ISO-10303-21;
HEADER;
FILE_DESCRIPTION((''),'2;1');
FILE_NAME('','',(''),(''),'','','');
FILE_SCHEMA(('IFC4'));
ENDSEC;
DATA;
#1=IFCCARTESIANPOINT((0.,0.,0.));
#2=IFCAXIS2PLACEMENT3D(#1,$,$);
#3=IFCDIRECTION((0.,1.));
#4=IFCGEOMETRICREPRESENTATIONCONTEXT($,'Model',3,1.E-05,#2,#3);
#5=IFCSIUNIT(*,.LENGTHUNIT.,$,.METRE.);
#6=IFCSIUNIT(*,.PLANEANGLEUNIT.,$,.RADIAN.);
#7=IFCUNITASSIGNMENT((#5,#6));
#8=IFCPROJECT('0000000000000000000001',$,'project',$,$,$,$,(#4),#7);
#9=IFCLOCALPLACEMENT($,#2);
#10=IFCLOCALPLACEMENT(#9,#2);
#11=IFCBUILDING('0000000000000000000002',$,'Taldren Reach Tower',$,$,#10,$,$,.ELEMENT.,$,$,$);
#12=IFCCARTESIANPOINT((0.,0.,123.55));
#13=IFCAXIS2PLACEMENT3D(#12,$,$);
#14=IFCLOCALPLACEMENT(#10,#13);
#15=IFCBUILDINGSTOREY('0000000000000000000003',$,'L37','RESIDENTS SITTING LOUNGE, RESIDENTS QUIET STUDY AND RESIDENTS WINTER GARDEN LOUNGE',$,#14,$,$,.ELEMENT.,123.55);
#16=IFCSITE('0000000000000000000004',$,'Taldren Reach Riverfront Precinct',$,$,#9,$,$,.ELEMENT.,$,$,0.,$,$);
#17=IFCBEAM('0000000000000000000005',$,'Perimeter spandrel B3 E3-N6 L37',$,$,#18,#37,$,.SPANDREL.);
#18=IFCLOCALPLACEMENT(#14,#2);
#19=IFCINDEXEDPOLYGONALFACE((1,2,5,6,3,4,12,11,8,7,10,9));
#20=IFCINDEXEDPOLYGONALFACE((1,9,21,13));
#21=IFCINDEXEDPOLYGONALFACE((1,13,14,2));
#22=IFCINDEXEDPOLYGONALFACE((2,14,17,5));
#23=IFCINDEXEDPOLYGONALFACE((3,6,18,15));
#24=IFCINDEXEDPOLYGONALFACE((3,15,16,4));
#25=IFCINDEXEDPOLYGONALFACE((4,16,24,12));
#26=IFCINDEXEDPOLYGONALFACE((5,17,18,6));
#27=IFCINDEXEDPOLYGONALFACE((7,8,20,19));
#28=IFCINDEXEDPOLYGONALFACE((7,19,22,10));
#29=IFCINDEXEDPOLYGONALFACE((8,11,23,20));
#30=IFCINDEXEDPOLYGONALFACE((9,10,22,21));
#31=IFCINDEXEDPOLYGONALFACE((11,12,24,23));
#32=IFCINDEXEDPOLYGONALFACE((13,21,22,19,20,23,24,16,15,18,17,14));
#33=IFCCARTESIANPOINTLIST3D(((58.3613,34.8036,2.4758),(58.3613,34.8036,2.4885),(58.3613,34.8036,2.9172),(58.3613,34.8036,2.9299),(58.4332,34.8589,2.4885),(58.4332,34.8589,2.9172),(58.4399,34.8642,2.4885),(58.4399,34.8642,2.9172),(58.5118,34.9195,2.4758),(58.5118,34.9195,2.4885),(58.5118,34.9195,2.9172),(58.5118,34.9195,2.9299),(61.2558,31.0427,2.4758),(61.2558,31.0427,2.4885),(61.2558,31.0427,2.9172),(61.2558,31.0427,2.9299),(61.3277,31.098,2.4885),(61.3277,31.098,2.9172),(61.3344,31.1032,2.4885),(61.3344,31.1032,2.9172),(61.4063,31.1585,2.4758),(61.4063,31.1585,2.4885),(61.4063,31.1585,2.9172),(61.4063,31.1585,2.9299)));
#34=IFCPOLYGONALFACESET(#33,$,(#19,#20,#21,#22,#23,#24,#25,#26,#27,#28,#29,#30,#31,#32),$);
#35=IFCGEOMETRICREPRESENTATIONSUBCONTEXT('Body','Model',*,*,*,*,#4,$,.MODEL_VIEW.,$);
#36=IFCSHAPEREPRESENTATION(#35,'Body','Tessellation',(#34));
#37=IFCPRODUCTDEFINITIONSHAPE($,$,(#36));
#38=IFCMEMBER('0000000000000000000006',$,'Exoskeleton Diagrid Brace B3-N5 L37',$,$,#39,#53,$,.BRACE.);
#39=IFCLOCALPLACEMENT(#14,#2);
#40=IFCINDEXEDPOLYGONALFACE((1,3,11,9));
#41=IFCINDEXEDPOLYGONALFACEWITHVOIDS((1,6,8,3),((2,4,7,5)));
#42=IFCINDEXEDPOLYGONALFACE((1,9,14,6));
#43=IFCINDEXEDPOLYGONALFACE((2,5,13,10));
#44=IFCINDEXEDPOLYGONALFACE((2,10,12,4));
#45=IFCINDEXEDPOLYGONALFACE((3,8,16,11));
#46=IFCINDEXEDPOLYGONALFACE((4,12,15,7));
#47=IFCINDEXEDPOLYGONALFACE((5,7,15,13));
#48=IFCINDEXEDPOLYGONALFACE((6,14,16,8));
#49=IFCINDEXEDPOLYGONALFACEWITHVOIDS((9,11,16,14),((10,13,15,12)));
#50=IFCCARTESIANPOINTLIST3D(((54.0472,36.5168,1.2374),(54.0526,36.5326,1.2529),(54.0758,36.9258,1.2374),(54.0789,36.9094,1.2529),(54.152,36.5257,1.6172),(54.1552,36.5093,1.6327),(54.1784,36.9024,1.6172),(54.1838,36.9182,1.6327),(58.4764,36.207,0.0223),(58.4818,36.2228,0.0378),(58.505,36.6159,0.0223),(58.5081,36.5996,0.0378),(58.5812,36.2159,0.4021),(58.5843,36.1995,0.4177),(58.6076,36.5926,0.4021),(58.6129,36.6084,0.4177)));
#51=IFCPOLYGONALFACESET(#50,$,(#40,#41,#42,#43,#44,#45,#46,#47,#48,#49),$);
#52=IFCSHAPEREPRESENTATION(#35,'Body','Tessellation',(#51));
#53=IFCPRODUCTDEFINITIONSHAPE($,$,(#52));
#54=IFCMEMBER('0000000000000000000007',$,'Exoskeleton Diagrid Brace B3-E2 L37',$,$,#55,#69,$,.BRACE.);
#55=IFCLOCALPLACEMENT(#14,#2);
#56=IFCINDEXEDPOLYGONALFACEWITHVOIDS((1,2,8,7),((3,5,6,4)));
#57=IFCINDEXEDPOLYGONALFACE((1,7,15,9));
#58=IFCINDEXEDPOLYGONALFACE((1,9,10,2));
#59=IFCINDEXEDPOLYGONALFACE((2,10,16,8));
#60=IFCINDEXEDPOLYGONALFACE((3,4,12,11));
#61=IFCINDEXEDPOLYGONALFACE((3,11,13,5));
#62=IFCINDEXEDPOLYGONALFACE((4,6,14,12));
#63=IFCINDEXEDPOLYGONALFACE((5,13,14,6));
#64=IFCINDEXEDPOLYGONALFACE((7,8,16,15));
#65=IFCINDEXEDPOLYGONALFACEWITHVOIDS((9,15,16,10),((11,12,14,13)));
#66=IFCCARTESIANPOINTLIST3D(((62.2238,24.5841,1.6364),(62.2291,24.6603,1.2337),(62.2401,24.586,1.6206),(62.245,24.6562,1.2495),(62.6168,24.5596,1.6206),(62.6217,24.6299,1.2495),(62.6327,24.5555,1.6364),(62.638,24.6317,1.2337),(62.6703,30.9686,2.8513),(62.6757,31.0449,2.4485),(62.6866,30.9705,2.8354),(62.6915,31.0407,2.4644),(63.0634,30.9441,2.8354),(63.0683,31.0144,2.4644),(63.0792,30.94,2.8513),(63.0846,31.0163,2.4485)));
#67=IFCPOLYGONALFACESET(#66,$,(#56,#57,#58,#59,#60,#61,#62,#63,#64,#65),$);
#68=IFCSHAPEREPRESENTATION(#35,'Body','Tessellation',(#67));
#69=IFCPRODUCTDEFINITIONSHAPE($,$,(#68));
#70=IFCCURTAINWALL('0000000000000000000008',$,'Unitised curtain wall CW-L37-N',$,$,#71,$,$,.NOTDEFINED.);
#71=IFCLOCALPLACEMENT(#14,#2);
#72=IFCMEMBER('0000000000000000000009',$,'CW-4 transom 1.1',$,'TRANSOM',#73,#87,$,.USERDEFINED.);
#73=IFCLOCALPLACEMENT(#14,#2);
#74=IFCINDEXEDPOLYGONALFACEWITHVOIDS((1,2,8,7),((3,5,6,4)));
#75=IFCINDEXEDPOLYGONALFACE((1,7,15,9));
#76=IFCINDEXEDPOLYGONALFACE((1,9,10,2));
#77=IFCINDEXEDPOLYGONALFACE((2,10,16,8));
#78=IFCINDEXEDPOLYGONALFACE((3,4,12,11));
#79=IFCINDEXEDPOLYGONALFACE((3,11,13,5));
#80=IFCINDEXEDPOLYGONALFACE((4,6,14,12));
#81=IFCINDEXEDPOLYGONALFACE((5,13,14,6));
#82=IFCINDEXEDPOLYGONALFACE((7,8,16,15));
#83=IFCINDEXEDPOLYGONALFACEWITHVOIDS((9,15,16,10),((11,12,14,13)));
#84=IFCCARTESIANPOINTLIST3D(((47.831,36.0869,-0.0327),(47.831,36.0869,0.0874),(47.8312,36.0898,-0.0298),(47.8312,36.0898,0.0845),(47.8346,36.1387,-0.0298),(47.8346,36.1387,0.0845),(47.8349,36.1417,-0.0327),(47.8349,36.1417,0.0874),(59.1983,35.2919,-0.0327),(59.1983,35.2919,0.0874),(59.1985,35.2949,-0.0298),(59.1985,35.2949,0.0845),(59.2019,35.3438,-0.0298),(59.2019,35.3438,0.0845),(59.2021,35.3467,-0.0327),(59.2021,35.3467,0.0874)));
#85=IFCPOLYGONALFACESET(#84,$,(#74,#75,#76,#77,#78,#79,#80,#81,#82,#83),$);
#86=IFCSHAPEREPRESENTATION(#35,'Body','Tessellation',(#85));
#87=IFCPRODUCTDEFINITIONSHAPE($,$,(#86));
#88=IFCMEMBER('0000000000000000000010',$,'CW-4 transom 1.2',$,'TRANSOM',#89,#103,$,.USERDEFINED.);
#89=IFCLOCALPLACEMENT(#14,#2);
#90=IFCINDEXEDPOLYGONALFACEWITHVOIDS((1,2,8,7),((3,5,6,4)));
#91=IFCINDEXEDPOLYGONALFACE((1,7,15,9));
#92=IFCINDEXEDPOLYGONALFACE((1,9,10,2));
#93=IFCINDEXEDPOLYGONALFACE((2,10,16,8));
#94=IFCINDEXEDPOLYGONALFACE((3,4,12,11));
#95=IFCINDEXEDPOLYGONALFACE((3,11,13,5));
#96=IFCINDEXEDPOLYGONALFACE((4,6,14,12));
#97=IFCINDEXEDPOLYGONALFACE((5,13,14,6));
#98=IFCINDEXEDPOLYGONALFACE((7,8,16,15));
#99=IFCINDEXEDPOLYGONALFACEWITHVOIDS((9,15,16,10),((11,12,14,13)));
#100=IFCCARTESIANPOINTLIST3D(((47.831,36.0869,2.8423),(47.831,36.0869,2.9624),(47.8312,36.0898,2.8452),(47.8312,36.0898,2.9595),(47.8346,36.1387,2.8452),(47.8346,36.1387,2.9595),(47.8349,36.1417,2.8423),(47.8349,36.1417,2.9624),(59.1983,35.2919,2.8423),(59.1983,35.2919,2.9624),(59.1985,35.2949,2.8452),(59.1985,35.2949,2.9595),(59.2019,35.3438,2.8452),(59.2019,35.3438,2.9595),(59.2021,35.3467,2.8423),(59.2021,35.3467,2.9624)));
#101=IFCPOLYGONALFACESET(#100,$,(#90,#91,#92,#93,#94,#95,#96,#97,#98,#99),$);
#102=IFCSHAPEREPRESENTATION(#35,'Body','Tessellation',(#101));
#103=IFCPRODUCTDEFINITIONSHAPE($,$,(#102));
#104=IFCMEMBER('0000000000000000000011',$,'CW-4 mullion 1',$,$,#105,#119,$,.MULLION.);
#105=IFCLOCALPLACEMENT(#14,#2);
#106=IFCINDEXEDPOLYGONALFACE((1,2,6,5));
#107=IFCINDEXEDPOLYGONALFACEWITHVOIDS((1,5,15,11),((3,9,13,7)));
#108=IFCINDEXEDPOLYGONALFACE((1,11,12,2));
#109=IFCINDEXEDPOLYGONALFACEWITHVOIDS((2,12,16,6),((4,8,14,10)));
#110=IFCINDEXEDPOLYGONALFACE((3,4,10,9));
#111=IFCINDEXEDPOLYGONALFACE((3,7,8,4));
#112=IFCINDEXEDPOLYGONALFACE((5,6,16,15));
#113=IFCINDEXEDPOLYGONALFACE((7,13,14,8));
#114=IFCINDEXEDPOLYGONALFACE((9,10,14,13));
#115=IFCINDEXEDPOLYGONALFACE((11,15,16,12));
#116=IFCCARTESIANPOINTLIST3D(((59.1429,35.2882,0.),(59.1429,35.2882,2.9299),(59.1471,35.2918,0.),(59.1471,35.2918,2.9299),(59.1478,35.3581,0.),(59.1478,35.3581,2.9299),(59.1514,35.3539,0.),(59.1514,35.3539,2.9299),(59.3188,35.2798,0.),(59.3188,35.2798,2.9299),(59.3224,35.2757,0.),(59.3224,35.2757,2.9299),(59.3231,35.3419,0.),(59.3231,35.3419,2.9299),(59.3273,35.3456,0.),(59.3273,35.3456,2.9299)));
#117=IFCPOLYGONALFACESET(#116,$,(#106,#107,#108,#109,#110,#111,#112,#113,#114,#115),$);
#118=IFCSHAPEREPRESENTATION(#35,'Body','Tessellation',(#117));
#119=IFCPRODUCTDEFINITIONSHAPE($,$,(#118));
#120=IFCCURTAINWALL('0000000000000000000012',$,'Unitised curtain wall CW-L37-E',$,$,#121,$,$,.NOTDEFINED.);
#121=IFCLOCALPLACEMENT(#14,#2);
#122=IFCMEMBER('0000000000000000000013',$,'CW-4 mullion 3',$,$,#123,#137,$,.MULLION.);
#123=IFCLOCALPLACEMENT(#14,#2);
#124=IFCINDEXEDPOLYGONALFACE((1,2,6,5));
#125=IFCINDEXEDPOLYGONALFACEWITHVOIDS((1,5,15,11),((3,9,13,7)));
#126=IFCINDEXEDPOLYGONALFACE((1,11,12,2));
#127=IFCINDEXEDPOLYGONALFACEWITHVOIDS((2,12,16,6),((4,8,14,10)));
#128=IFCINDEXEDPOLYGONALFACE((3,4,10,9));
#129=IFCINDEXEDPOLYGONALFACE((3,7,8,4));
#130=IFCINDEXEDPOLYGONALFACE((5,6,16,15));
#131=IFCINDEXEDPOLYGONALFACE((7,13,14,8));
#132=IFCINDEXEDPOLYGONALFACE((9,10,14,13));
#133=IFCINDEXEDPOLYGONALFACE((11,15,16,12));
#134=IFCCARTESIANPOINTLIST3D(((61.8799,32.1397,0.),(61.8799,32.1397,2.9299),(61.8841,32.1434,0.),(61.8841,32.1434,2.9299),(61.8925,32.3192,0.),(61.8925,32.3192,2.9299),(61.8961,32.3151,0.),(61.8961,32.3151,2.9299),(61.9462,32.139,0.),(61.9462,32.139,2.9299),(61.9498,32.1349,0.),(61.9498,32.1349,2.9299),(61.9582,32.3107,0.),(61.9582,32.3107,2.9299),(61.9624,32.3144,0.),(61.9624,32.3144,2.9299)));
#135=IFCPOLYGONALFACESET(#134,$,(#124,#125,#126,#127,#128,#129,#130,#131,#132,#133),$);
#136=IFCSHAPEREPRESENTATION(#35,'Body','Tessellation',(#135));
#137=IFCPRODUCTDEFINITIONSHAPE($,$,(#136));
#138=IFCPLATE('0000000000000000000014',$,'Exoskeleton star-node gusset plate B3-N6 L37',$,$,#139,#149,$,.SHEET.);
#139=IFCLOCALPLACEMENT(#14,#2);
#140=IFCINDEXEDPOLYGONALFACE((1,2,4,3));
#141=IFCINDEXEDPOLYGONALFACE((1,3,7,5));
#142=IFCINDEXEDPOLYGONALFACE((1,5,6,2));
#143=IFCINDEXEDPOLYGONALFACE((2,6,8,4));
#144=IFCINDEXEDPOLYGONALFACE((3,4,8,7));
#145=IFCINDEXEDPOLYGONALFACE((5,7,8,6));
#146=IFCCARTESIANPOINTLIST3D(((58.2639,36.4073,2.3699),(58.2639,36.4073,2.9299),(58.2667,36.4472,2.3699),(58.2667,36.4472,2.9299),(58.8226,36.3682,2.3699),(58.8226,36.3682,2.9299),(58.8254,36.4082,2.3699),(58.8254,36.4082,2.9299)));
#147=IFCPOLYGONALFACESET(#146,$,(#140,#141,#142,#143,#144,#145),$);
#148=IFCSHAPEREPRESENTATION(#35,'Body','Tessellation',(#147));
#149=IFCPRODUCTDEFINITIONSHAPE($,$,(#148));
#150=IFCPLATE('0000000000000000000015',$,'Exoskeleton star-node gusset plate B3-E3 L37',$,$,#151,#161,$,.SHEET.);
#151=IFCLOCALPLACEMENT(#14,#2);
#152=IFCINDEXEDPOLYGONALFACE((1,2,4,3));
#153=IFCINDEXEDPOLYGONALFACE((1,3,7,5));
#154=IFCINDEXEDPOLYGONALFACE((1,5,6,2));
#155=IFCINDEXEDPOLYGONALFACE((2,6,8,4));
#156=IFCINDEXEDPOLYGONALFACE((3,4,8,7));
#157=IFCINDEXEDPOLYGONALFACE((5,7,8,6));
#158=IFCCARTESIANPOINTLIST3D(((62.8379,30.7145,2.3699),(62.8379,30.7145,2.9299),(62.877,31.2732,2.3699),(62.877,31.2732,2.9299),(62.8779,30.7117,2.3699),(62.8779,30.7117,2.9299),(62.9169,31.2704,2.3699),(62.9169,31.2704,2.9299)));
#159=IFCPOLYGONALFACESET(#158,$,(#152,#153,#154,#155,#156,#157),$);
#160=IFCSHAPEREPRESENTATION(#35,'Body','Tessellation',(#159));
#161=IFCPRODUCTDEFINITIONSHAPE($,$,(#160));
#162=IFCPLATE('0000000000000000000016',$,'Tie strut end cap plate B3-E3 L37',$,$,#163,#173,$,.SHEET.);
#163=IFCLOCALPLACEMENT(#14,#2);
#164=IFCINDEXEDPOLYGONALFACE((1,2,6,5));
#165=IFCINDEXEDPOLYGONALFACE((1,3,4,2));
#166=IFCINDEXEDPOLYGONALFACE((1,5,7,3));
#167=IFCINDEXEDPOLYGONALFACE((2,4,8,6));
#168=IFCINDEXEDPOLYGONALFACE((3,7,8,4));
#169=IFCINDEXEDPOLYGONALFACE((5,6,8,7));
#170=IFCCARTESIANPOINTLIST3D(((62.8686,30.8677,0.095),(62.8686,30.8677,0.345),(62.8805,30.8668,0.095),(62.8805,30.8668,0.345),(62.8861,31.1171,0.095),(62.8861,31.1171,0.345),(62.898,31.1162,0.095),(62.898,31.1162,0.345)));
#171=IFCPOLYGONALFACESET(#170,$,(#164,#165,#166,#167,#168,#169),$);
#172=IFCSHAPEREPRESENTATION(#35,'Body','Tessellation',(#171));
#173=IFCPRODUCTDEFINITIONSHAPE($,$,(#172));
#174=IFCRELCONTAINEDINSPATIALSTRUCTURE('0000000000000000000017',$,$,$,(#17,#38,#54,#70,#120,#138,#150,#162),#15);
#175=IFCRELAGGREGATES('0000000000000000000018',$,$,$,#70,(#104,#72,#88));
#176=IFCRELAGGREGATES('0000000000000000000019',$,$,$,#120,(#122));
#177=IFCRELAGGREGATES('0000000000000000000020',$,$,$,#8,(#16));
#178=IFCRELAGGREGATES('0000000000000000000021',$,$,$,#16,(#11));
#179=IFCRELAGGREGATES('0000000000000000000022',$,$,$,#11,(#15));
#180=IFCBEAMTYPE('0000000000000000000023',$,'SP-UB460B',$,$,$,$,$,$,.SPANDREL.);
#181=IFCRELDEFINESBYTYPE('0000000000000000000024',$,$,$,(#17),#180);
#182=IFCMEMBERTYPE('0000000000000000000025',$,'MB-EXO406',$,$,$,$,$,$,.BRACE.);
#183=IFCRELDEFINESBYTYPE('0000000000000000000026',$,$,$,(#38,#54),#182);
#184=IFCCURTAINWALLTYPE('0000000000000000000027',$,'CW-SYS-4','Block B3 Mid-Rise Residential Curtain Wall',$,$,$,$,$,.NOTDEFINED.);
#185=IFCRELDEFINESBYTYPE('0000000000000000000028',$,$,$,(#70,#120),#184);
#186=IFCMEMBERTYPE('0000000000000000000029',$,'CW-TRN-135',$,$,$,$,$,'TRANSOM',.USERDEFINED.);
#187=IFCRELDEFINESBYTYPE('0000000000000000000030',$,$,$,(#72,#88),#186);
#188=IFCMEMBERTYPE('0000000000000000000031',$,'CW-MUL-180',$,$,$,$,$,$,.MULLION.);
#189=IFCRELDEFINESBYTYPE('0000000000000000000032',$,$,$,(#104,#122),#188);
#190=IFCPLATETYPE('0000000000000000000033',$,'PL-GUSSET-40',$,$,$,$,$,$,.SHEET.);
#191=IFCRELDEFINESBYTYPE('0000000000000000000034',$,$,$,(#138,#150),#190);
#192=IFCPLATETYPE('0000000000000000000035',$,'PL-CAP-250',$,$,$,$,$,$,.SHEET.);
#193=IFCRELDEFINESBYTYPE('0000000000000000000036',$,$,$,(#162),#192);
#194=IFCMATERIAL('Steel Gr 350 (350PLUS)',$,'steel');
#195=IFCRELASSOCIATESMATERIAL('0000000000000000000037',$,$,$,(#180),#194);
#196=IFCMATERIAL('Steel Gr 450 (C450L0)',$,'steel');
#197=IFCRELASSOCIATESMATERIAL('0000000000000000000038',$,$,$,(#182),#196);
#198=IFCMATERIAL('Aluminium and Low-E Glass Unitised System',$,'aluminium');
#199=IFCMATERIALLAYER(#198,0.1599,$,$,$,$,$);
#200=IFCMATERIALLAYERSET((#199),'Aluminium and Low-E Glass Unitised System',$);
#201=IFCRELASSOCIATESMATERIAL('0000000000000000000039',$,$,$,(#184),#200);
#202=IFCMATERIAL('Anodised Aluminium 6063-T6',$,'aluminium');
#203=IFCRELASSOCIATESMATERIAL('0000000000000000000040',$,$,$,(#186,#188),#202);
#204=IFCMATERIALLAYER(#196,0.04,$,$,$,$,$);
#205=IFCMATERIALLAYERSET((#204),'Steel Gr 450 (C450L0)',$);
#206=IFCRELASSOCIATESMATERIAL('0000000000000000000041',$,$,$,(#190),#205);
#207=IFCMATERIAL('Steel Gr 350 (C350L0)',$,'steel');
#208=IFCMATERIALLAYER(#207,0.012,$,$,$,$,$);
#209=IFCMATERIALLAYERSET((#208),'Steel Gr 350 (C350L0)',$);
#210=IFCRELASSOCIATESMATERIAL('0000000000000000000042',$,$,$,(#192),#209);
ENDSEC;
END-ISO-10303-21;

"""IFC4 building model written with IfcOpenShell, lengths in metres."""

from ifc_helpers import new_model, si_unit, direction, frame, origin, origin_2d, place, context, subcontext, project, spatial, rectangle, hollow_rectangle, i_section, extrude, source, transform, mapped, material, layer, layer_set, material_profile, profile_set, type_object, element, aggregate, save


model = new_model("IFC4")

# Units and contexts
model_context = context("Model", 3, precision=1e-05, world=origin(), true_north=direction((0.0, 1.0)))
body_context = subcontext(model_context, "Body", "Model", "MODEL_VIEW")
ifc_project = project(units=[si_unit("LENGTHUNIT", "METRE"), si_unit("PLANEANGLEUNIT", "RADIAN")], contexts=[model_context])

# Site, building, storey
site_placement = place(None, origin())
site = spatial("IfcSite", under=ifc_project, at=site_placement, Name="Taldren Reach Riverfront Precinct", CompositionType="ELEMENT", RefElevation=0.0)
building_placement = place(site_placement, origin())
building = spatial("IfcBuilding", under=site, at=building_placement, Name="Taldren Reach Tower", CompositionType="ELEMENT")
storey_placement = place(building_placement, frame((0.0, 0.0, 123.55)))
storey = spatial("IfcBuildingStorey", under=building, at=storey_placement, Name="L37", Description="RESIDENTS SITTING LOUNGE, RESIDENTS QUIET STUDY AND RESIDENTS WINTER GARDEN LOUNGE", CompositionType="ELEMENT", Elevation=123.55)

# Shared definitions
ifc_material_1 = material(Name="Steel Gr 450 (C450L0)", Category="steel")
ifc_material_2 = material(Name="Steel Gr 350 (350PLUS)", Category="steel")

# Shared definitions
ifc_material_3 = material(Name="Steel Gr 350 (C350L0)", Category="steel")

# Beam
ifc_material_profile_1 = material_profile(ifc_material_2, i_section(OverallWidth=0.1899, OverallDepth=0.4541, WebThickness=0.0085, FlangeThickness=0.0127, at=origin_2d()), Name="460UB67.1")
ifc_profile_set_1 = profile_set([ifc_material_profile_1], Name="Steel Gr 350 (350PLUS)")
beam_type = type_object("IfcBeamType", Name="SP-UB460B", PredefinedType="SPANDREL", material=ifc_profile_set_1)
shared_shape_1 = source(origin(), body_context, "Body", "SweptSolid", [
    extrude(i_section(OverallWidth=0.1899, OverallDepth=0.4541, WebThickness=0.0085, FlangeThickness=0.0127, at=origin_2d()), origin(), (0.0, 0.0, 1.0), 4.7458),
])
beam_1_placement = place(storey_placement, frame((61.3311, 31.1006, 2.7029), z_axis=(-0.609905, 0.792475, 0.0), x_axis=(-0.792475, -0.609905, 0.0)))
element("IfcBeam", 1, at=beam_1_placement, inside=storey, type_object=beam_type, Name="Perimeter spandrel B3 E3-N6 L37", PredefinedType="SPANDREL", context=body_context, shape_type="MappedRepresentation", body=[
    mapped(shared_shape_1, transform((0.0, 0.0, 0.0), scale=1.0)),
])

# Members
ifc_material_profile_2 = material_profile(ifc_material_1, hollow_rectangle(XDim=0.4099, YDim=0.4099, WallThickness=0.0161, at=origin_2d()), Name="410x410x16.0SHS")
ifc_profile_set_2 = profile_set([ifc_material_profile_2], Name="Steel Gr 450 (C450L0)")
member_type_1 = type_object("IfcMemberType", Name="MB-EXO406", PredefinedType="BRACE", material=ifc_profile_set_2)
shared_shape_2 = source(origin(), body_context, "Body", "SweptSolid", [
    extrude(hollow_rectangle(XDim=0.4099, YDim=0.4099, WallThickness=0.0161, at=origin_2d()), origin(), (0.0, 0.0, 1.0), 4.6033),
])
member_1_placement = place(storey_placement, frame((58.5447, 36.4077, 0.22), z_axis=(-0.962182, 0.067303, 0.263961), x_axis=(-0.069778, -0.997563, 0.0)))
element("IfcMember", 2, at=member_1_placement, inside=storey, type_object=member_type_1, Name="Exoskeleton Diagrid Brace B3-N5 L37", PredefinedType="BRACE", context=body_context, shape_type="MappedRepresentation", body=[
    mapped(shared_shape_2, transform((0.0, 0.0, 0.0), scale=1.0)),
])
shared_shape_3 = source(origin(), body_context, "Body", "SweptSolid", [
    extrude(hollow_rectangle(XDim=0.4099, YDim=0.4099, WallThickness=0.0161, at=origin_2d()), origin(), (0.0, 0.0, 1.0), 6.5144),
])
member_2_placement = place(storey_placement, frame((62.4309, 24.6079, 1.4351), z_axis=(0.068546, 0.980063, 0.186486), x_axis=(-0.997563, 0.06977, 0.0)))
element("IfcMember", 3, at=member_2_placement, inside=storey, type_object=member_type_1, Name="Exoskeleton Diagrid Brace B3-E2 L37", PredefinedType="BRACE", context=body_context, shape_type="MappedRepresentation", body=[
    mapped(shared_shape_3, transform((0.0, 0.0, 0.0), scale=1.0)),
])

# Curtain wall, members
ifc_material_4 = material(Name="Aluminium and Low-E Glass Unitised System", Category="aluminium")
ifc_layer_1 = layer(ifc_material_4, 0.1599)
ifc_layer_set_1 = layer_set([ifc_layer_1], Name="Aluminium and Low-E Glass Unitised System")
curtain_wall_type = type_object("IfcCurtainWallType", Name="CW-SYS-4", Description="Block B3 Mid-Rise Residential Curtain Wall", PredefinedType="NOTDEFINED", material=ifc_layer_set_1)
curtain_wall_1_placement = place(storey_placement, origin())
curtain_wall_1 = element("IfcCurtainWall", 4, at=curtain_wall_1_placement, inside=storey, type_object=curtain_wall_type, Name="Unitised curtain wall CW-L37-N", PredefinedType="NOTDEFINED")
ifc_material_5 = material(Name="Anodised Aluminium 6063-T6", Category="aluminium")
ifc_material_profile_3 = material_profile(ifc_material_5, hollow_rectangle(XDim=0.0549, YDim=0.1201, WallThickness=0.0029, at=origin_2d()), Name="ALU-120x55x3RHS")
ifc_profile_set_3 = profile_set([ifc_material_profile_3], Name="Anodised Aluminium 6063-T6")
member_type_2 = type_object("IfcMemberType", Name="CW-TRN-135", ElementType="TRANSOM", PredefinedType="USERDEFINED", material=ifc_profile_set_3)
shared_shape_4 = source(origin(), body_context, "Body", "SweptSolid", [
    extrude(hollow_rectangle(XDim=0.0549, YDim=0.1201, WallThickness=0.0029, at=origin_2d()), origin(), (0.0, 0.0, 1.0), 11.395),
])
member_3_placement = place(storey_placement, frame((59.2002, 35.3193, 0.0273), z_axis=(-0.997564, 0.069761, 0.0), x_axis=(-0.069761, -0.997564, 0.0)))
member_3 = element("IfcMember", 5, at=member_3_placement, type_object=member_type_2, Name="CW-4 transom 1.1", ObjectType="TRANSOM", PredefinedType="USERDEFINED", context=body_context, shape_type="MappedRepresentation", body=[
    mapped(shared_shape_4, transform((0.0, 0.0, 0.0), scale=1.0)),
])
member_4_placement = place(storey_placement, frame((59.2002, 35.3193, 2.9023), z_axis=(-0.997564, 0.069761, 0.0), x_axis=(-0.069761, -0.997564, 0.0)))
member_4 = element("IfcMember", 6, at=member_4_placement, type_object=member_type_2, Name="CW-4 transom 1.2", ObjectType="TRANSOM", PredefinedType="USERDEFINED", context=body_context, shape_type="MappedRepresentation", body=[
    mapped(shared_shape_4, transform((0.0, 0.0, 0.0), scale=1.0)),
])
ifc_material_profile_4 = material_profile(ifc_material_5, hollow_rectangle(XDim=0.0701, YDim=0.1799, WallThickness=0.0039, at=origin_2d()), Name="ALU-180x70x4RHS")
ifc_profile_set_4 = profile_set([ifc_material_profile_4], Name="Anodised Aluminium 6063-T6")
member_type_3 = type_object("IfcMemberType", Name="CW-MUL-180", PredefinedType="MULLION", material=ifc_profile_set_4)
shared_shape_5 = source(origin(), body_context, "Body", "SweptSolid", [
    extrude(hollow_rectangle(XDim=0.0701, YDim=0.1799, WallThickness=0.0039, at=origin_2d()), origin(), (0.0, 0.0, 1.0), 2.9299),
])
member_5_placement = place(storey_placement, frame((59.2351, 35.3169, 0.0), z_axis=(0.0, 0.0, 1.0), x_axis=(-0.069757, -0.997564, 0.0)))
member_5 = element("IfcMember", 7, at=member_5_placement, type_object=member_type_3, Name="CW-4 mullion 1", PredefinedType="MULLION", context=body_context, shape_type="MappedRepresentation", body=[
    mapped(shared_shape_5, transform((0.0, 0.0, 0.0), scale=1.0)),
])
aggregate(curtain_wall_1, [member_5, member_3, member_4])

# Curtain wall, member
curtain_wall_2_placement = place(storey_placement, origin())
curtain_wall_2 = element("IfcCurtainWall", 8, at=curtain_wall_2_placement, inside=storey, type_object=curtain_wall_type, Name="Unitised curtain wall CW-L37-E", PredefinedType="NOTDEFINED")
member_6_placement = place(storey_placement, frame((61.9211, 32.2271, 0.0), z_axis=(0.0, 0.0, 1.0), x_axis=(-0.997564, 0.069756, 0.0)))
member_6 = element("IfcMember", 9, at=member_6_placement, type_object=member_type_3, Name="CW-4 mullion 3", PredefinedType="MULLION", context=body_context, shape_type="MappedRepresentation", body=[
    mapped(shared_shape_5, transform((0.0, 0.0, 0.0), scale=1.0)),
])

# Plates
ifc_layer_2 = layer(ifc_material_1, 0.04)
ifc_layer_set_2 = layer_set([ifc_layer_2], Name="Steel Gr 450 (C450L0)")
plate_type_1 = type_object("IfcPlateType", Name="PL-GUSSET-40", PredefinedType="SHEET", material=ifc_layer_set_2)
shared_shape_6 = source(origin(), body_context, "Body", "SweptSolid", [
    extrude(rectangle(XDim=0.5601, YDim=0.04, at=origin_2d()), origin(), (0.0, 0.0, 1.0), 0.5601),
])
for number, where, z_axis, x_axis, name in (
    (10, (58.5447, 36.4077, 2.3699), (0.0, 0.0, 1.0), (0.997564, -0.069756, 0.0), "Exoskeleton star-node gusset plate B3-N6 L37"),
    (11, (62.8774, 30.9924, 2.3699), (0.0, 0.0, 1.0), (0.069756, 0.997564, 0.0), "Exoskeleton star-node gusset plate B3-E3 L37"),
):
    element("IfcPlate", number, at=place(storey_placement, frame(where, z_axis=z_axis, x_axis=x_axis)), inside=storey, type_object=plate_type_1, Name=name, PredefinedType="SHEET", context=body_context, shape_type="MappedRepresentation", body=[
        mapped(shared_shape_6, transform((0.0, 0.0, 0.0), scale=1.0)),
    ])
ifc_layer_3 = layer(ifc_material_3, 0.012)
ifc_layer_set_3 = layer_set([ifc_layer_3], Name="Steel Gr 350 (C350L0)")
plate_type_2 = type_object("IfcPlateType", Name="PL-CAP-250", PredefinedType="SHEET", material=ifc_layer_set_3)
shared_shape_7 = source(origin(), body_context, "Body", "SweptSolid", [
    extrude(rectangle(XDim=0.012, YDim=0.25, at=origin_2d()), origin(), (0.0, 0.0, 1.0), 0.25),
])
plate_1_placement = place(storey_placement, frame((62.8833, 30.9919, 0.095), z_axis=(0.0, 0.0, 1.0), x_axis=(0.997564, -0.069756, 0.0)))
element("IfcPlate", 12, at=plate_1_placement, inside=storey, type_object=plate_type_2, Name="Tie strut end cap plate B3-E3 L37", PredefinedType="SHEET", context=body_context, shape_type="MappedRepresentation", body=[
    mapped(shared_shape_7, transform((0.0, 0.0, 0.0), scale=1.0)),
])

aggregate(curtain_wall_2, [member_6])

save(model, "model.ifc")
